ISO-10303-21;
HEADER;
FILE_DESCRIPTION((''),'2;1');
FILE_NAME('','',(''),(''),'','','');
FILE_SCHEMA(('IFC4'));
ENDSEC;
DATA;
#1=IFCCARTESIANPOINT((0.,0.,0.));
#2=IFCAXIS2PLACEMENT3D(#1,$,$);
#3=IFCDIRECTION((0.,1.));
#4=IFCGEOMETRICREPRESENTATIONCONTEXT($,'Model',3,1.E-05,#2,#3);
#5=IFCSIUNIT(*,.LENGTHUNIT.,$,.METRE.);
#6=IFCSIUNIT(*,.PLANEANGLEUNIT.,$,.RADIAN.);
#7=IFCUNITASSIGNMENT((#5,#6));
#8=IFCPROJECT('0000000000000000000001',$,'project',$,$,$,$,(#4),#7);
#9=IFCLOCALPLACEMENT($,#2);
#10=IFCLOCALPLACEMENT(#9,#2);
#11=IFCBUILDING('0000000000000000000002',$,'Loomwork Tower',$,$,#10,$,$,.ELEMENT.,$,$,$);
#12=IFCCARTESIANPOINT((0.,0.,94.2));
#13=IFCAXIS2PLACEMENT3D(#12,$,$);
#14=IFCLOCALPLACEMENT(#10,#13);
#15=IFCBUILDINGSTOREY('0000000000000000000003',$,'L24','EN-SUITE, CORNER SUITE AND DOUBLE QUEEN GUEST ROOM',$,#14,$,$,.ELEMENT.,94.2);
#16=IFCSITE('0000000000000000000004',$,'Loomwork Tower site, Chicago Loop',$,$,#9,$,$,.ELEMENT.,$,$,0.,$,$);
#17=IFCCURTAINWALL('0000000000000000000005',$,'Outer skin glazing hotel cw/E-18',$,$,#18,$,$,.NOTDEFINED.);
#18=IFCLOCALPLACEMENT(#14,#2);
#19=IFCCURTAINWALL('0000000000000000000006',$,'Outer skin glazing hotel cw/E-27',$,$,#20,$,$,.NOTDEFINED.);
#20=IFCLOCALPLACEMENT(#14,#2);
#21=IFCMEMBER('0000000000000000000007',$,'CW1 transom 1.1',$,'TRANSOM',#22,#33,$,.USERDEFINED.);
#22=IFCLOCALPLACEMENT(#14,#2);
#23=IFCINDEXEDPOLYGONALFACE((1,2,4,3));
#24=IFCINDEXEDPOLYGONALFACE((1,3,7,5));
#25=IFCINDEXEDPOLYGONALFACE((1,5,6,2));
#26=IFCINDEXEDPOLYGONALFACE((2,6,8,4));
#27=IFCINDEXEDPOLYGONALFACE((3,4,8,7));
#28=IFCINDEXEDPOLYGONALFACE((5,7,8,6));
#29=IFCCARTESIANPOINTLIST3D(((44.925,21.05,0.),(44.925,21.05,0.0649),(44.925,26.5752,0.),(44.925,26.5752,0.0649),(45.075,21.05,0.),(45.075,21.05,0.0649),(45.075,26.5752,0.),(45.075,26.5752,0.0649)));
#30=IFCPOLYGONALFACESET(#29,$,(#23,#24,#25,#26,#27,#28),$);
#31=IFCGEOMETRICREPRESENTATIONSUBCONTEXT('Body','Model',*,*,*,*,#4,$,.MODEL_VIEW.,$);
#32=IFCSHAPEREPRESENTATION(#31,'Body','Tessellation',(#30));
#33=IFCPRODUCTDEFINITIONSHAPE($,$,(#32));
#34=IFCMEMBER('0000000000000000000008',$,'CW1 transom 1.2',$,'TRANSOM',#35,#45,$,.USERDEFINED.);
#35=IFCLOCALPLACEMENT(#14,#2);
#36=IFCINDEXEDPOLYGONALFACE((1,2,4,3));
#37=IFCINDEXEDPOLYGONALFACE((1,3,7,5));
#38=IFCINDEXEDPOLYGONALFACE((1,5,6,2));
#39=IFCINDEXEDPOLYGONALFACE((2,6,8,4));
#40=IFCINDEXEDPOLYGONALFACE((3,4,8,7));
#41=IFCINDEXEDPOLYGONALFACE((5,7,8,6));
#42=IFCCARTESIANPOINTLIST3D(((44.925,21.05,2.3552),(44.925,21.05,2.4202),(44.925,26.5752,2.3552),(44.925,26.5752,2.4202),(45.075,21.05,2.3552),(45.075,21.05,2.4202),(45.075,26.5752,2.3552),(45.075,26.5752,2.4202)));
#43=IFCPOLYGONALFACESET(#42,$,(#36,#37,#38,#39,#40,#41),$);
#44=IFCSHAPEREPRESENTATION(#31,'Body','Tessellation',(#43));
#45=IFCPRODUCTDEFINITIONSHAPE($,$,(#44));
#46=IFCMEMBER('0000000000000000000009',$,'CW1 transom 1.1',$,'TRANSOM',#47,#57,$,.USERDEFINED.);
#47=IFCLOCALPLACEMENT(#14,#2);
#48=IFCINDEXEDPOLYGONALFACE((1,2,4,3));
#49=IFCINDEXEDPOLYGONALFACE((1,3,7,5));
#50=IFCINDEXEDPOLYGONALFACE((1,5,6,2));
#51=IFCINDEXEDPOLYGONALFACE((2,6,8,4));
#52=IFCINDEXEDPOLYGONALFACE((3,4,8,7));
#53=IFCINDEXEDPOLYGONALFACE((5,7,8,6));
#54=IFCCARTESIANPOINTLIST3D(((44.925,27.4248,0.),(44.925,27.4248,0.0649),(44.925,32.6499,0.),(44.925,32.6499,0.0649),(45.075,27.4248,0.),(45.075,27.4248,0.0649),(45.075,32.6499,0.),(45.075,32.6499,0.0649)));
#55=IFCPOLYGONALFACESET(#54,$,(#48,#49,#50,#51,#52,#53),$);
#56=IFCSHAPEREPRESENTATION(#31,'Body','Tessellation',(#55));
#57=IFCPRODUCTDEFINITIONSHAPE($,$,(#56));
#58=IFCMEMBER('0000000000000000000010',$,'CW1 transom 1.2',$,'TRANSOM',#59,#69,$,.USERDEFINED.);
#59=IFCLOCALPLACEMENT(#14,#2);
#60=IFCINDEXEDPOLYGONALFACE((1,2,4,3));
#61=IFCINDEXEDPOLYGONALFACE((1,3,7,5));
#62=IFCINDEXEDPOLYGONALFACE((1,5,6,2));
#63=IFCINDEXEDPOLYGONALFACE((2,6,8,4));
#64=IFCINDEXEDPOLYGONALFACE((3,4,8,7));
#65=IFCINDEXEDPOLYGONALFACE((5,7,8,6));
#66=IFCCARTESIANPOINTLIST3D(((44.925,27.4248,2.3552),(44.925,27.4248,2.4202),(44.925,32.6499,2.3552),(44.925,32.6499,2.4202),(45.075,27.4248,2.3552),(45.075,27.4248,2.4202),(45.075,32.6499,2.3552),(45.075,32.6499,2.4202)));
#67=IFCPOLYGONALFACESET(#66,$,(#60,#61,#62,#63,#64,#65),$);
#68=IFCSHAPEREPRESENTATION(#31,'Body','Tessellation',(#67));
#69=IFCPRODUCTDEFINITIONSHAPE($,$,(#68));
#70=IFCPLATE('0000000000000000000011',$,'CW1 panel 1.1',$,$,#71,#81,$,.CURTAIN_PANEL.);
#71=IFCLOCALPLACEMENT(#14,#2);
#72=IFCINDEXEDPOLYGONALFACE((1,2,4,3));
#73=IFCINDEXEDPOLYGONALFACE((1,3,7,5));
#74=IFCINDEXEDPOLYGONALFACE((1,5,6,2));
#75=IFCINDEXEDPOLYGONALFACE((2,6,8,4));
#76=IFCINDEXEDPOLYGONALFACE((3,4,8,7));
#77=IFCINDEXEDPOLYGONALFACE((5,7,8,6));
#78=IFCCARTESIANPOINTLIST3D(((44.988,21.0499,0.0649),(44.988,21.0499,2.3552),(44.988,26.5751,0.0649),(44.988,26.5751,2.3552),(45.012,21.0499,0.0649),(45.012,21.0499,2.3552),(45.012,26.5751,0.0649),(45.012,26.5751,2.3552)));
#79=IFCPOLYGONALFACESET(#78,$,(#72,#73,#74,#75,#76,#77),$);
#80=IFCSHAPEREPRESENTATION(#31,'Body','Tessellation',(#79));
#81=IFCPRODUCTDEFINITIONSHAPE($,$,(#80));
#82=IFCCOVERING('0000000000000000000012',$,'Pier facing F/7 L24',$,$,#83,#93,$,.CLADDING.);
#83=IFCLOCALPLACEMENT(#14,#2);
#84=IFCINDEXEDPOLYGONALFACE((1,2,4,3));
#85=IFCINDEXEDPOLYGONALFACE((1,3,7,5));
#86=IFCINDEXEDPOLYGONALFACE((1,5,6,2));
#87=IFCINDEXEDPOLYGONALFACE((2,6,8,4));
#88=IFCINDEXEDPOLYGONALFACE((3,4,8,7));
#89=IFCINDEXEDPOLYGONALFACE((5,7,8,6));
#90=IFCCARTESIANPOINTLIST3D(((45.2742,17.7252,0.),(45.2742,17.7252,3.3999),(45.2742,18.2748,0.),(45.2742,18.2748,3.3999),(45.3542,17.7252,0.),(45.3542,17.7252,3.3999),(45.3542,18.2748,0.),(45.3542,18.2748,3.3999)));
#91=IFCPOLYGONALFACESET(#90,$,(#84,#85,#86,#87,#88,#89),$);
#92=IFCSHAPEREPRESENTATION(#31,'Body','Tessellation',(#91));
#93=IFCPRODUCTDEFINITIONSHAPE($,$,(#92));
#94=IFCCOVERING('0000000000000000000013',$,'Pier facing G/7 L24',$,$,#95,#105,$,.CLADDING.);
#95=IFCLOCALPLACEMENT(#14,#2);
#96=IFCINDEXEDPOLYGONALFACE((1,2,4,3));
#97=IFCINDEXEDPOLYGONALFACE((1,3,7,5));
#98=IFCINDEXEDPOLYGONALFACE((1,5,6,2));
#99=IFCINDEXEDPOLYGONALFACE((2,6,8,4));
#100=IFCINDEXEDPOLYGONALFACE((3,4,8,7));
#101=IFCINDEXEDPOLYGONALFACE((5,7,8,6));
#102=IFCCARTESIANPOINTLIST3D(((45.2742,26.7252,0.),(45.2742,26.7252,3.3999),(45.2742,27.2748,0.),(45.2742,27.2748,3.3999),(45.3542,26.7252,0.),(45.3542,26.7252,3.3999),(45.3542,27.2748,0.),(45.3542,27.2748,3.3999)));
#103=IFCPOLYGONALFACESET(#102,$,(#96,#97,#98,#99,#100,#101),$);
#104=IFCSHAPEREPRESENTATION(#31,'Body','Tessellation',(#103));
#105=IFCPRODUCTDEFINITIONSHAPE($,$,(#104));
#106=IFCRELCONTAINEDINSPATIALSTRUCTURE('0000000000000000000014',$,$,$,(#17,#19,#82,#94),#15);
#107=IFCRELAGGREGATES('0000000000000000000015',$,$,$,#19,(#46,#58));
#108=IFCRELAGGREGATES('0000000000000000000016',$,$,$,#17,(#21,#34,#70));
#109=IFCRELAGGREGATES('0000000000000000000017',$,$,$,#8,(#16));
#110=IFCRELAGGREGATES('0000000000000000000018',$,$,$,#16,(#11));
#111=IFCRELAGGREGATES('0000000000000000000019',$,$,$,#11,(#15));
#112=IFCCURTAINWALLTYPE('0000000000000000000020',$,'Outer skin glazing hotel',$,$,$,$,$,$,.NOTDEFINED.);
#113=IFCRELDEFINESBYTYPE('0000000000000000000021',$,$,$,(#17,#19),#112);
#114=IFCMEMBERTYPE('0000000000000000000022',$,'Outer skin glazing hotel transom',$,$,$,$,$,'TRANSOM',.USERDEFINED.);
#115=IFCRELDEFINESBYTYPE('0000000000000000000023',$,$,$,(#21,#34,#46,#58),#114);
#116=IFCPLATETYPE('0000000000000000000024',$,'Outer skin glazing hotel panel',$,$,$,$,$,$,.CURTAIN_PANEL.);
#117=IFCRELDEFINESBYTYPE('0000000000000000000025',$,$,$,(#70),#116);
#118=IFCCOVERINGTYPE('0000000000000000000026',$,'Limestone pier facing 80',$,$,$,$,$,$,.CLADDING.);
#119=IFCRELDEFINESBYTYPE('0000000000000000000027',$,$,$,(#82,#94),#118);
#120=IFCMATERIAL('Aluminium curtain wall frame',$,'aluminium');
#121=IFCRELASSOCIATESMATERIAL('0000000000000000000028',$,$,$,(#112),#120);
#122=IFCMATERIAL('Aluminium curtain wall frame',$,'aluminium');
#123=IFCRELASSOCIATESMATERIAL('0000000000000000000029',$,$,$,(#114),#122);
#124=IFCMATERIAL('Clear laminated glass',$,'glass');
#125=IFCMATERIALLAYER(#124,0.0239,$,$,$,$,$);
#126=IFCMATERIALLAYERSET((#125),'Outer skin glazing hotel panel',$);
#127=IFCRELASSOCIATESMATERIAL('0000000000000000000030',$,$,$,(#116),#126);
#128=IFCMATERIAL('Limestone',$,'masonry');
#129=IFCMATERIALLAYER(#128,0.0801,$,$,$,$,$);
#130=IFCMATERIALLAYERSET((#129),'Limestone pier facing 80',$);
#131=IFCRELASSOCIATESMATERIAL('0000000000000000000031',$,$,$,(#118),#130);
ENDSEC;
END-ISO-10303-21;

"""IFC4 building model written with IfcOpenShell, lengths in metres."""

from ifc_helpers import new_model, si_unit, direction, frame, origin, origin_2d, place, context, subcontext, project, spatial, rectangle, extrude, material, layer, layer_set, material_profile, profile_set, type_object, element, aggregate, save


model = new_model("IFC4")

# Units and contexts
model_context = context("Model", 3, precision=1e-05, world=origin(), true_north=direction((0.0, 1.0)))
body_context = subcontext(model_context, "Body", "Model", "MODEL_VIEW")
ifc_project = project(units=[si_unit("LENGTHUNIT", "METRE"), si_unit("PLANEANGLEUNIT", "RADIAN")], contexts=[model_context])

# Site, building, storey
site_placement = place(None, origin())
site = spatial("IfcSite", under=ifc_project, at=site_placement, Name="Loomwork Tower site, Chicago Loop", CompositionType="ELEMENT", RefElevation=0.0)
building_placement = place(site_placement, origin())
building = spatial("IfcBuilding", under=site, at=building_placement, Name="Loomwork Tower", CompositionType="ELEMENT")
storey_placement = place(building_placement, frame((0.0, 0.0, 94.2)))
storey = spatial("IfcBuildingStorey", under=building, at=storey_placement, Name="L24", Description="EN-SUITE, CORNER SUITE AND DOUBLE QUEEN GUEST ROOM", CompositionType="ELEMENT", Elevation=94.2)

# Curtain walls
ifc_material_1 = material(Name="Aluminium curtain wall frame", Category="aluminium")
curtain_wall_type = type_object("IfcCurtainWallType", Name="Outer skin glazing hotel", PredefinedType="NOTDEFINED", material=ifc_material_1)
curtain_wall_1_placement = place(storey_placement, origin())
curtain_wall_1 = element("IfcCurtainWall", 1, at=curtain_wall_1_placement, inside=storey, type_object=curtain_wall_type, Name="Outer skin glazing hotel cw/E-18", PredefinedType="NOTDEFINED")
curtain_wall_2_placement = place(storey_placement, origin())
curtain_wall_2 = element("IfcCurtainWall", 2, at=curtain_wall_2_placement, inside=storey, type_object=curtain_wall_type, Name="Outer skin glazing hotel cw/E-27", PredefinedType="NOTDEFINED")

# Members
ifc_material_2 = material(Name="Aluminium curtain wall frame", Category="aluminium")
ifc_material_profile_1 = material_profile(ifc_material_2, rectangle(XDim=0.1499, YDim=0.0649, at=origin_2d()), Name="AL 65x150")
ifc_profile_set_1 = profile_set([ifc_material_profile_1], Name="Aluminium curtain wall frame")
member_type_1 = type_object("IfcMemberType", Name="Outer skin glazing hotel transom", ElementType="TRANSOM", PredefinedType="USERDEFINED", material=ifc_profile_set_1)
member_1_placement = place(storey_placement, frame((45.0, 21.05, 0.0325), z_axis=(0.0, 1.0, 0.0), x_axis=(-1.0, 0.0, 0.0)))
member_1 = element("IfcMember", 3, at=member_1_placement, type_object=member_type_1, Name="CW1 transom 1.1", ObjectType="TRANSOM", PredefinedType="USERDEFINED", context=body_context, shape_type="SweptSolid", body=[
    extrude(rectangle(XDim=0.1499, YDim=0.0649, at=origin_2d()), origin(), (0.0, 0.0, 1.0), 5.5251),
])
member_2_placement = place(storey_placement, frame((45.0, 21.05, 2.3877), z_axis=(0.0, 1.0, 0.0), x_axis=(-1.0, 0.0, 0.0)))
member_2 = element("IfcMember", 4, at=member_2_placement, type_object=member_type_1, Name="CW1 transom 1.2", ObjectType="TRANSOM", PredefinedType="USERDEFINED", context=body_context, shape_type="SweptSolid", body=[
    extrude(rectangle(XDim=0.1499, YDim=0.0649, at=origin_2d()), origin(), (0.0, 0.0, 1.0), 5.5251),
])
member_3_placement = place(storey_placement, frame((45.0, 27.4248, 0.0325), z_axis=(0.0, 1.0, 0.0), x_axis=(-1.0, 0.0, 0.0)))
member_3 = element("IfcMember", 5, at=member_3_placement, type_object=member_type_1, Name="CW1 transom 1.1", ObjectType="TRANSOM", PredefinedType="USERDEFINED", context=body_context, shape_type="SweptSolid", body=[
    extrude(rectangle(XDim=0.1499, YDim=0.0649, at=origin_2d()), origin(), (0.0, 0.0, 1.0), 5.2251),
])
member_4_placement = place(storey_placement, frame((45.0, 27.4248, 2.3877), z_axis=(0.0, 1.0, 0.0), x_axis=(-1.0, 0.0, 0.0)))
member_4 = element("IfcMember", 6, at=member_4_placement, type_object=member_type_1, Name="CW1 transom 1.2", ObjectType="TRANSOM", PredefinedType="USERDEFINED", context=body_context, shape_type="SweptSolid", body=[
    extrude(rectangle(XDim=0.1499, YDim=0.0649, at=origin_2d()), origin(), (0.0, 0.0, 1.0), 5.2251),
])
aggregate(curtain_wall_2, [member_3, member_4])

# Plate
ifc_material_3 = material(Name="Clear laminated glass", Category="glass")
ifc_layer_1 = layer(ifc_material_3, 0.0239)
ifc_layer_set_1 = layer_set([ifc_layer_1], Name="Outer skin glazing hotel panel")
plate_type = type_object("IfcPlateType", Name="Outer skin glazing hotel panel", PredefinedType="CURTAIN_PANEL", material=ifc_layer_set_1)
plate_placement = place(storey_placement, frame((45.0, 23.8125, 0.0649), z_axis=(0.0, 0.0, 1.0), x_axis=(0.0, 1.0, 0.0)))
plate = element("IfcPlate", 7, at=plate_placement, type_object=plate_type, Name="CW1 panel 1.1", PredefinedType="CURTAIN_PANEL", context=body_context, shape_type="SweptSolid", body=[
    extrude(rectangle(XDim=5.5251, YDim=0.0239, at=origin_2d()), origin(), (0.0, 0.0, 1.0), 2.2903),
])
aggregate(curtain_wall_1, [member_1, member_2, plate])

# Coverings
ifc_material_4 = material(Name="Limestone", Category="masonry")
ifc_layer_2 = layer(ifc_material_4, 0.0801)
ifc_layer_set_2 = layer_set([ifc_layer_2], Name="Limestone pier facing 80")
covering_type = type_object("IfcCoveringType", Name="Limestone pier facing 80", PredefinedType="CLADDING", material=ifc_layer_set_2)
for number, where, z_axis, x_axis, name in (
    (8, (45.3142, 18.0, 0.0), (0.0, 0.0, 1.0), (1.0, 0.0, 0.0), "Pier facing F/7 L24"),
    (9, (45.3142, 27.0, 0.0), (0.0, 0.0, 1.0), (1.0, 0.0, 0.0), "Pier facing G/7 L24"),
):
    element("IfcCovering", number, at=place(storey_placement, frame(where, z_axis=z_axis, x_axis=x_axis)), inside=storey, type_object=covering_type, Name=name, PredefinedType="CLADDING", context=body_context, shape_type="SweptSolid", body=[
        extrude(rectangle(XDim=0.0801, YDim=0.5496, at=origin_2d()), origin(), (0.0, 0.0, 1.0), 3.3999),
    ])

save(model, "model.ifc")
